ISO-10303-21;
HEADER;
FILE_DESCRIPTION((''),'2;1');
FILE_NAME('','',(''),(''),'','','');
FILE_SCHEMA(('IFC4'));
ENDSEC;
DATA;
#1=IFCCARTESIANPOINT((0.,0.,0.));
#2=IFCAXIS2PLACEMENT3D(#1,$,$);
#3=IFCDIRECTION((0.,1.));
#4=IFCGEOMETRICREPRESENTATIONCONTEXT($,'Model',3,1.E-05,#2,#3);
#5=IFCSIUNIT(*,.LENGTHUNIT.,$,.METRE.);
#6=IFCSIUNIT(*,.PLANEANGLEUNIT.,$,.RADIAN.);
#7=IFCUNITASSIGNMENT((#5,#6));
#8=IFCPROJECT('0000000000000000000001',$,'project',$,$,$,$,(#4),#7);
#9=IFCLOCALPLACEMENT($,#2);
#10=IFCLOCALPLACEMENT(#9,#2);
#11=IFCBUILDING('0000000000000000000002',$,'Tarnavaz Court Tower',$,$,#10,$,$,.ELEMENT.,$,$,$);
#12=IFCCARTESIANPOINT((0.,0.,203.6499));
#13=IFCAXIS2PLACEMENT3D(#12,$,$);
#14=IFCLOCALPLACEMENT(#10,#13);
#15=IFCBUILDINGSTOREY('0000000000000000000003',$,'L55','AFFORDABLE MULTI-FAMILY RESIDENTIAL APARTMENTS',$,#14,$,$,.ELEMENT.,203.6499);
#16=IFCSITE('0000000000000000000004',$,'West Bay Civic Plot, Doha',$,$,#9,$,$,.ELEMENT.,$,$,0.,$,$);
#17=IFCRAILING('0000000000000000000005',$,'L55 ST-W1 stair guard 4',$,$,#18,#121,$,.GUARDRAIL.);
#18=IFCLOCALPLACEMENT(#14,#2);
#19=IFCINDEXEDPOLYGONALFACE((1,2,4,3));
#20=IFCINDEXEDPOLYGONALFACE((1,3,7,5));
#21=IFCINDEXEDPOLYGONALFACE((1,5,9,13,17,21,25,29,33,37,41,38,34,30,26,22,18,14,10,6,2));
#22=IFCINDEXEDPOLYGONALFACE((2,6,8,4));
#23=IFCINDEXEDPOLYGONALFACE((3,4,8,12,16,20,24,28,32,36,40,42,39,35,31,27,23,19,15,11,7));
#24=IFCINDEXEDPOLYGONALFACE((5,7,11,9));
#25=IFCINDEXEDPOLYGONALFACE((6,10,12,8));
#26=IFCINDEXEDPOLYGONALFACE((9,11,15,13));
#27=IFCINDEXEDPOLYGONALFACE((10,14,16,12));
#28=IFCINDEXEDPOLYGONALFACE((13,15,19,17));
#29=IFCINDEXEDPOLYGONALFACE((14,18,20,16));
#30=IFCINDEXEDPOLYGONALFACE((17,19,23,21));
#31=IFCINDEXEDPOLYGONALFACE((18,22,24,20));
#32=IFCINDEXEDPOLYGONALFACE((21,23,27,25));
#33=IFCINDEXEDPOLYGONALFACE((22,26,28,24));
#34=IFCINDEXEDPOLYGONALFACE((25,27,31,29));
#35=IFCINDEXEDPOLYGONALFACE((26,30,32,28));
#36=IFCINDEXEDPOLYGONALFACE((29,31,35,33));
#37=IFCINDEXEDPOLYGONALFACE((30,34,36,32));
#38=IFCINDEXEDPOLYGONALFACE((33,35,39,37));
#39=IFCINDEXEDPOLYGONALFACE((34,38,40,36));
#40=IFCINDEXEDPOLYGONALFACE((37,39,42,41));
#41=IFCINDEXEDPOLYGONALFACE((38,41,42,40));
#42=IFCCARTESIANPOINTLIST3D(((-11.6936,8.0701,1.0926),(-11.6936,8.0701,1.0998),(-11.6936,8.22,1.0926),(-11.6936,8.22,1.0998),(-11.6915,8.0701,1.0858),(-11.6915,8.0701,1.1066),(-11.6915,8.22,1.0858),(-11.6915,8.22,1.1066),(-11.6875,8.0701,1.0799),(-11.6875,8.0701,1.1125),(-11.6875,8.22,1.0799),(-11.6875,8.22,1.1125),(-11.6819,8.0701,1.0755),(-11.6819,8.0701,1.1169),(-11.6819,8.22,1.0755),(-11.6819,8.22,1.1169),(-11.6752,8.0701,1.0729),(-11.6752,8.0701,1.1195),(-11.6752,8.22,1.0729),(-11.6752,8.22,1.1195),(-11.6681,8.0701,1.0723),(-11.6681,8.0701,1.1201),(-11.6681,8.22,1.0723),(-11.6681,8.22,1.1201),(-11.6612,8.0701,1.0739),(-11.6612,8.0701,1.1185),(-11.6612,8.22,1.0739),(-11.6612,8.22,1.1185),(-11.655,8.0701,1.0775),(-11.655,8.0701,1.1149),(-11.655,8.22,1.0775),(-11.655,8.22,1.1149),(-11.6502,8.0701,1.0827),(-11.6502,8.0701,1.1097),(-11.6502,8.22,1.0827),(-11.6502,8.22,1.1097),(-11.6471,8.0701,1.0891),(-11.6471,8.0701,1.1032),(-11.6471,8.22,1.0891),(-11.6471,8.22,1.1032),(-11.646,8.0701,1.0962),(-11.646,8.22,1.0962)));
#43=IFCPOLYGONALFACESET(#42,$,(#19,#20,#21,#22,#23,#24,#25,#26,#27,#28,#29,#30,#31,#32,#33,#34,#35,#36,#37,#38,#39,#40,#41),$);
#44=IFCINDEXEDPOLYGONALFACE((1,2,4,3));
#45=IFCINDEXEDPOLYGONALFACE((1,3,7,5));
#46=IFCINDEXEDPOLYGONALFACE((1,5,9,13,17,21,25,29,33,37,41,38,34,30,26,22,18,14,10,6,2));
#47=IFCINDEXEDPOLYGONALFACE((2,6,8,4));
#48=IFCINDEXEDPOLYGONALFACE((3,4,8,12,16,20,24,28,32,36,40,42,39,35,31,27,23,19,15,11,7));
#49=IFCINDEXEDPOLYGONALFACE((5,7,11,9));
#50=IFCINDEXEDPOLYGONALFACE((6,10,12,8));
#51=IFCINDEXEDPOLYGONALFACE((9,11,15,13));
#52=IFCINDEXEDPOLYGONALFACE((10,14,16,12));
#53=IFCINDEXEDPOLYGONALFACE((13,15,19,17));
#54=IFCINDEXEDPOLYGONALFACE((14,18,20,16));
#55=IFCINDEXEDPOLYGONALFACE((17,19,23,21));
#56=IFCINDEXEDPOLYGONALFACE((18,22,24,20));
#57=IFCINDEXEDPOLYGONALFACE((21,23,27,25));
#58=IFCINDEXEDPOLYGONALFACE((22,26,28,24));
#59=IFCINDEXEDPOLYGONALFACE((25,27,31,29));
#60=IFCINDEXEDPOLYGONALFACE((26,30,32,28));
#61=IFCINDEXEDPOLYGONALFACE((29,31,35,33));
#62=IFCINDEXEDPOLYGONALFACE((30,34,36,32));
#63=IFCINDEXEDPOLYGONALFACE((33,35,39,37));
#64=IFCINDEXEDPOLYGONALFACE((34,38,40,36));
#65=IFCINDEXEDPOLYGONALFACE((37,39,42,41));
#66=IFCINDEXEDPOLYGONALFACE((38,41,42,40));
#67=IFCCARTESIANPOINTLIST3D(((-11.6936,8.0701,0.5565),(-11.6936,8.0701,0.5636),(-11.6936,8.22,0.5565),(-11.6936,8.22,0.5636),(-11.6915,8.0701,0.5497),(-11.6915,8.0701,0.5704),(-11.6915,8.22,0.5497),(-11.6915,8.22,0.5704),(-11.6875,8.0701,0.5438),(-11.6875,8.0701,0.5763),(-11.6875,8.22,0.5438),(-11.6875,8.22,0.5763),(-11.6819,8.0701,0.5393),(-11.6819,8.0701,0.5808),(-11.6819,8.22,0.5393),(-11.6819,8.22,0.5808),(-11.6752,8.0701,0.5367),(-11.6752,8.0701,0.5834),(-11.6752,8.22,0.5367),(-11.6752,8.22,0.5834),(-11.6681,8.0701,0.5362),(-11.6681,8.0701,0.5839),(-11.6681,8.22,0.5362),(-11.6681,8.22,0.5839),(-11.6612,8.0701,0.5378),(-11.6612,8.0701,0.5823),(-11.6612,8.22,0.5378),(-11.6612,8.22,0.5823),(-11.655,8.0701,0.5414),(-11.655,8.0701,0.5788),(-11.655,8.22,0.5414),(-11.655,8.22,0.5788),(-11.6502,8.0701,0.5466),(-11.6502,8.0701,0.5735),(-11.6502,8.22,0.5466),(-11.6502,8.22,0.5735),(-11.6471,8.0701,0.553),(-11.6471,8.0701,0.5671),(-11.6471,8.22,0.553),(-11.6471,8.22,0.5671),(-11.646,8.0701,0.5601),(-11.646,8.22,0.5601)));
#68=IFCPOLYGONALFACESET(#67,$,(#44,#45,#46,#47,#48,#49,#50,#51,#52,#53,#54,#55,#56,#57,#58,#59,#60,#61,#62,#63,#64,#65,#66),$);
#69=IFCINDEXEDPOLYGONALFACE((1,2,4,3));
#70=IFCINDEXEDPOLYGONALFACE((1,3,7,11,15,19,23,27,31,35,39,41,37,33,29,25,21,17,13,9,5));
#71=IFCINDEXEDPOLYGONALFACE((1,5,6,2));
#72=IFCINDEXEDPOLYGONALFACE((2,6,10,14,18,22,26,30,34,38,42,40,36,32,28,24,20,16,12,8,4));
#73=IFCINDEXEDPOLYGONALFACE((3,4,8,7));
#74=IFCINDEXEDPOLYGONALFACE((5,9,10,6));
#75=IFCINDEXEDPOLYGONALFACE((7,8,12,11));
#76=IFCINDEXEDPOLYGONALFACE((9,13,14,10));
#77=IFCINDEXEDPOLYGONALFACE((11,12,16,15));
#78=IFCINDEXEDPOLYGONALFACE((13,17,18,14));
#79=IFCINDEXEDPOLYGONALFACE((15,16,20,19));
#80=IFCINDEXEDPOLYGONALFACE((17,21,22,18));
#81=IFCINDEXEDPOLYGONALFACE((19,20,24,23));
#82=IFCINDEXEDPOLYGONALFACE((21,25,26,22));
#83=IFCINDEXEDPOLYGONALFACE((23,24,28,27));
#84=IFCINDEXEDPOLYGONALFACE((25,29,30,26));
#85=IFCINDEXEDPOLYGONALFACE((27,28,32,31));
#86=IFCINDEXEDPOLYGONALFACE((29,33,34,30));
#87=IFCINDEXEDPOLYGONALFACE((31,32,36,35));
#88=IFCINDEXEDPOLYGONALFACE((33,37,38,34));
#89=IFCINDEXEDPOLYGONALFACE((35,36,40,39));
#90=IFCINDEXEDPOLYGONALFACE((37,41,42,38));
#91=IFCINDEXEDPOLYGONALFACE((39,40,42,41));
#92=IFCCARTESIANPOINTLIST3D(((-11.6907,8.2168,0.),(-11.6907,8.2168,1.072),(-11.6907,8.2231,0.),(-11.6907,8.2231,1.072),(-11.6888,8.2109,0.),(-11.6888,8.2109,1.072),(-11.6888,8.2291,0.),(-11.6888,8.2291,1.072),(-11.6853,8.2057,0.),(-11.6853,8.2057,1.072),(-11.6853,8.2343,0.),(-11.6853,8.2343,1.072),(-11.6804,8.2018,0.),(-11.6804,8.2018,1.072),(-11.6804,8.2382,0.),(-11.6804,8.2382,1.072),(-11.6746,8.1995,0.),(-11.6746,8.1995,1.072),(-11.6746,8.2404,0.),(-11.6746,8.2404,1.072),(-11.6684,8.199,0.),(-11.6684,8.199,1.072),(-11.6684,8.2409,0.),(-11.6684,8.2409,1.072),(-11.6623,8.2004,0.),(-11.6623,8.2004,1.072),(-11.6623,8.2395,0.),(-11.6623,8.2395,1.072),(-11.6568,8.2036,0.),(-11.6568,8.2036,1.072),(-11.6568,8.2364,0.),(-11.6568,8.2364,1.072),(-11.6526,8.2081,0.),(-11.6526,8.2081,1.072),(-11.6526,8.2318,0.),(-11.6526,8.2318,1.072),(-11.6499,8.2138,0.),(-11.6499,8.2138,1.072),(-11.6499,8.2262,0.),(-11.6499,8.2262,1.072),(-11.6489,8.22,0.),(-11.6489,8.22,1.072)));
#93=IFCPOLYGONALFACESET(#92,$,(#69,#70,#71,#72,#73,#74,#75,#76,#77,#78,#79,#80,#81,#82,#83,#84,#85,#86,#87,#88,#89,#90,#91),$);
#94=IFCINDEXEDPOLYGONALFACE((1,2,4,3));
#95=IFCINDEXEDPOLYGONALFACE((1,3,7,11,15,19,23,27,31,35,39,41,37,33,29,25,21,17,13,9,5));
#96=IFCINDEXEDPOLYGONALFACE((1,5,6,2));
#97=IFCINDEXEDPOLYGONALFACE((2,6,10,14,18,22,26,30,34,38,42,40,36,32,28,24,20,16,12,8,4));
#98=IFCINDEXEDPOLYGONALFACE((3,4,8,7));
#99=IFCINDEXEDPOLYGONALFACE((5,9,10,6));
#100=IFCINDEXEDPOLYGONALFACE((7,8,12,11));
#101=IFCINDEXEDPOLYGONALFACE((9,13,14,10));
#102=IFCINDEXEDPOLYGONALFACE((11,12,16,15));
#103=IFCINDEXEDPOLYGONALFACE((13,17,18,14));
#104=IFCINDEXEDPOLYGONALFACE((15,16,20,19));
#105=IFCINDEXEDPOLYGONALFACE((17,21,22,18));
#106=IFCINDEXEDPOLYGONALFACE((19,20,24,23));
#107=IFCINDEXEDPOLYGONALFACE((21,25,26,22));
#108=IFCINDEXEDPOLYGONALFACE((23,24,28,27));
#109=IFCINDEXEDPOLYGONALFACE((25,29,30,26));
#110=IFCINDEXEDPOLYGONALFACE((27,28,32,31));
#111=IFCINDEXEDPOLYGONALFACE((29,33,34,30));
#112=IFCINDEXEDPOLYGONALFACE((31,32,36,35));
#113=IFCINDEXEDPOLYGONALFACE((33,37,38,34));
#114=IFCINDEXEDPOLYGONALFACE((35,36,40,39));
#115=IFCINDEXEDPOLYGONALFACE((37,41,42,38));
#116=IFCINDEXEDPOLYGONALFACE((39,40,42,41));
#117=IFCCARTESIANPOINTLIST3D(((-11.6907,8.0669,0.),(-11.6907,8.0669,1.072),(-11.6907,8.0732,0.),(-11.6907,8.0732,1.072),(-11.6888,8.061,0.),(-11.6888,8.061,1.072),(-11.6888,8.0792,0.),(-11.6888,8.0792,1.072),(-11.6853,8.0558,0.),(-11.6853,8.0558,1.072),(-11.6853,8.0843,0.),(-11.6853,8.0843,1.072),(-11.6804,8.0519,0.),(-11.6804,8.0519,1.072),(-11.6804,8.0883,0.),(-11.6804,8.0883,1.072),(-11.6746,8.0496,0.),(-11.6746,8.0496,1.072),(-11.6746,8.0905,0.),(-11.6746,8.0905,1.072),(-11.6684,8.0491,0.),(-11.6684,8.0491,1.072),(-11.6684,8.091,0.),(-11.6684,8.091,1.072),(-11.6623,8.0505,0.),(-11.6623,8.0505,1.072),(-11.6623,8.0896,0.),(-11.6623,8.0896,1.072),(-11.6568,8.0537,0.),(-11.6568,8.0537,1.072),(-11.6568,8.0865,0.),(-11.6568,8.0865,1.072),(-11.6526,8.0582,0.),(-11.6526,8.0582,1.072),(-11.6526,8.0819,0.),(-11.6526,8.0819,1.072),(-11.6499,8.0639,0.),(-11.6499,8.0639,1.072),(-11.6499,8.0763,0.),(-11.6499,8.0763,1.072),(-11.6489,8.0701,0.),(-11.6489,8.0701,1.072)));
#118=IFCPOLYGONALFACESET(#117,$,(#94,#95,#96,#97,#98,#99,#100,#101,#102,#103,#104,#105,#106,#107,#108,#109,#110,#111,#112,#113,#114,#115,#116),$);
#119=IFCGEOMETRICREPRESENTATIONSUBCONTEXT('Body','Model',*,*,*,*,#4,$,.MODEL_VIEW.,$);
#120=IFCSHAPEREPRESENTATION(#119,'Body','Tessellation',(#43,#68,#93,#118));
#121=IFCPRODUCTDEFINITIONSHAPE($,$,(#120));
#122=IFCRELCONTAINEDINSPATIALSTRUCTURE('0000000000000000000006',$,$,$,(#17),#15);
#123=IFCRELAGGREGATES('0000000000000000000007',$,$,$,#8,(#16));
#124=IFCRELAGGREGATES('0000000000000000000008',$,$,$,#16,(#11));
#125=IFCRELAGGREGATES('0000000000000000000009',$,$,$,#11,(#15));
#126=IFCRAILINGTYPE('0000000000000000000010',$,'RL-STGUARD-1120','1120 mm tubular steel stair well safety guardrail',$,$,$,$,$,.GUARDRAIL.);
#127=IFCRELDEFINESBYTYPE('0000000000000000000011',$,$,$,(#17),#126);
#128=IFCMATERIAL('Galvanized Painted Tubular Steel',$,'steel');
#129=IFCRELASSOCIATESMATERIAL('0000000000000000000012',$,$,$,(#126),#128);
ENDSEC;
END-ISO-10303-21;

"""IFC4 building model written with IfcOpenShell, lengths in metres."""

from ifc_helpers import new_model, si_unit, direction, frame, origin, origin_2d, place, context, subcontext, project, spatial, circle, extrude, material, type_object, element, save


model = new_model("IFC4")

# Units and contexts
model_context = context("Model", 3, precision=1e-05, world=origin(), true_north=direction((0.0, 1.0)))
body_context = subcontext(model_context, "Body", "Model", "MODEL_VIEW")
ifc_project = project(units=[si_unit("LENGTHUNIT", "METRE"), si_unit("PLANEANGLEUNIT", "RADIAN")], contexts=[model_context])

# Site, building, storey
site_placement = place(None, origin())
site = spatial("IfcSite", under=ifc_project, at=site_placement, Name="West Bay Civic Plot, Doha", CompositionType="ELEMENT", RefElevation=0.0)
building_placement = place(site_placement, origin())
building = spatial("IfcBuilding", under=site, at=building_placement, Name="Tarnavaz Court Tower", CompositionType="ELEMENT")
storey_placement = place(building_placement, frame((0.0, 0.0, 203.6499)))
storey = spatial("IfcBuildingStorey", under=building, at=storey_placement, Name="L55", Description="AFFORDABLE MULTI-FAMILY RESIDENTIAL APARTMENTS", CompositionType="ELEMENT", Elevation=203.6499)

# Railing
ifc_material_1 = material(Name="Galvanized Painted Tubular Steel", Category="steel")
railing_type_1 = type_object("IfcRailingType", Name="RL-STGUARD-1120", Description="1120 mm tubular steel stair well safety guardrail", PredefinedType="GUARDRAIL", material=ifc_material_1)
railing_1_placement = place(storey_placement, frame((-11.6699, 8.22, 0.0)))
element("IfcRailing", 1, at=railing_1_placement, inside=storey, type_object=railing_type_1, Name="L55 ST-W1 stair guard 4", PredefinedType="GUARDRAIL", context=body_context, shape_type="SweptSolid", body=[
    extrude(circle(Radius=0.0239, at=origin_2d()), frame((0.0, 0.0, 1.0962), z_axis=(0.0, -1.0, 0.0), x_axis=(1.0, 0.0, 0.0)), (0.0, 0.0, 1.0), 0.1499),
    extrude(circle(Radius=0.0239, at=origin_2d()), frame((0.0, 0.0, 0.5601), z_axis=(0.0, -1.0, 0.0), x_axis=(1.0, 0.0, 0.0)), (0.0, 0.0, 1.0), 0.1499),
    extrude(circle(Radius=0.021, at=origin_2d()), origin(), (0.0, 0.0, 1.0), 1.072),
    extrude(circle(Radius=0.021, at=origin_2d()), frame((0.0, -0.1499, 0.0)), (0.0, 0.0, 1.0), 1.072),
])

save(model, "model.ifc")
